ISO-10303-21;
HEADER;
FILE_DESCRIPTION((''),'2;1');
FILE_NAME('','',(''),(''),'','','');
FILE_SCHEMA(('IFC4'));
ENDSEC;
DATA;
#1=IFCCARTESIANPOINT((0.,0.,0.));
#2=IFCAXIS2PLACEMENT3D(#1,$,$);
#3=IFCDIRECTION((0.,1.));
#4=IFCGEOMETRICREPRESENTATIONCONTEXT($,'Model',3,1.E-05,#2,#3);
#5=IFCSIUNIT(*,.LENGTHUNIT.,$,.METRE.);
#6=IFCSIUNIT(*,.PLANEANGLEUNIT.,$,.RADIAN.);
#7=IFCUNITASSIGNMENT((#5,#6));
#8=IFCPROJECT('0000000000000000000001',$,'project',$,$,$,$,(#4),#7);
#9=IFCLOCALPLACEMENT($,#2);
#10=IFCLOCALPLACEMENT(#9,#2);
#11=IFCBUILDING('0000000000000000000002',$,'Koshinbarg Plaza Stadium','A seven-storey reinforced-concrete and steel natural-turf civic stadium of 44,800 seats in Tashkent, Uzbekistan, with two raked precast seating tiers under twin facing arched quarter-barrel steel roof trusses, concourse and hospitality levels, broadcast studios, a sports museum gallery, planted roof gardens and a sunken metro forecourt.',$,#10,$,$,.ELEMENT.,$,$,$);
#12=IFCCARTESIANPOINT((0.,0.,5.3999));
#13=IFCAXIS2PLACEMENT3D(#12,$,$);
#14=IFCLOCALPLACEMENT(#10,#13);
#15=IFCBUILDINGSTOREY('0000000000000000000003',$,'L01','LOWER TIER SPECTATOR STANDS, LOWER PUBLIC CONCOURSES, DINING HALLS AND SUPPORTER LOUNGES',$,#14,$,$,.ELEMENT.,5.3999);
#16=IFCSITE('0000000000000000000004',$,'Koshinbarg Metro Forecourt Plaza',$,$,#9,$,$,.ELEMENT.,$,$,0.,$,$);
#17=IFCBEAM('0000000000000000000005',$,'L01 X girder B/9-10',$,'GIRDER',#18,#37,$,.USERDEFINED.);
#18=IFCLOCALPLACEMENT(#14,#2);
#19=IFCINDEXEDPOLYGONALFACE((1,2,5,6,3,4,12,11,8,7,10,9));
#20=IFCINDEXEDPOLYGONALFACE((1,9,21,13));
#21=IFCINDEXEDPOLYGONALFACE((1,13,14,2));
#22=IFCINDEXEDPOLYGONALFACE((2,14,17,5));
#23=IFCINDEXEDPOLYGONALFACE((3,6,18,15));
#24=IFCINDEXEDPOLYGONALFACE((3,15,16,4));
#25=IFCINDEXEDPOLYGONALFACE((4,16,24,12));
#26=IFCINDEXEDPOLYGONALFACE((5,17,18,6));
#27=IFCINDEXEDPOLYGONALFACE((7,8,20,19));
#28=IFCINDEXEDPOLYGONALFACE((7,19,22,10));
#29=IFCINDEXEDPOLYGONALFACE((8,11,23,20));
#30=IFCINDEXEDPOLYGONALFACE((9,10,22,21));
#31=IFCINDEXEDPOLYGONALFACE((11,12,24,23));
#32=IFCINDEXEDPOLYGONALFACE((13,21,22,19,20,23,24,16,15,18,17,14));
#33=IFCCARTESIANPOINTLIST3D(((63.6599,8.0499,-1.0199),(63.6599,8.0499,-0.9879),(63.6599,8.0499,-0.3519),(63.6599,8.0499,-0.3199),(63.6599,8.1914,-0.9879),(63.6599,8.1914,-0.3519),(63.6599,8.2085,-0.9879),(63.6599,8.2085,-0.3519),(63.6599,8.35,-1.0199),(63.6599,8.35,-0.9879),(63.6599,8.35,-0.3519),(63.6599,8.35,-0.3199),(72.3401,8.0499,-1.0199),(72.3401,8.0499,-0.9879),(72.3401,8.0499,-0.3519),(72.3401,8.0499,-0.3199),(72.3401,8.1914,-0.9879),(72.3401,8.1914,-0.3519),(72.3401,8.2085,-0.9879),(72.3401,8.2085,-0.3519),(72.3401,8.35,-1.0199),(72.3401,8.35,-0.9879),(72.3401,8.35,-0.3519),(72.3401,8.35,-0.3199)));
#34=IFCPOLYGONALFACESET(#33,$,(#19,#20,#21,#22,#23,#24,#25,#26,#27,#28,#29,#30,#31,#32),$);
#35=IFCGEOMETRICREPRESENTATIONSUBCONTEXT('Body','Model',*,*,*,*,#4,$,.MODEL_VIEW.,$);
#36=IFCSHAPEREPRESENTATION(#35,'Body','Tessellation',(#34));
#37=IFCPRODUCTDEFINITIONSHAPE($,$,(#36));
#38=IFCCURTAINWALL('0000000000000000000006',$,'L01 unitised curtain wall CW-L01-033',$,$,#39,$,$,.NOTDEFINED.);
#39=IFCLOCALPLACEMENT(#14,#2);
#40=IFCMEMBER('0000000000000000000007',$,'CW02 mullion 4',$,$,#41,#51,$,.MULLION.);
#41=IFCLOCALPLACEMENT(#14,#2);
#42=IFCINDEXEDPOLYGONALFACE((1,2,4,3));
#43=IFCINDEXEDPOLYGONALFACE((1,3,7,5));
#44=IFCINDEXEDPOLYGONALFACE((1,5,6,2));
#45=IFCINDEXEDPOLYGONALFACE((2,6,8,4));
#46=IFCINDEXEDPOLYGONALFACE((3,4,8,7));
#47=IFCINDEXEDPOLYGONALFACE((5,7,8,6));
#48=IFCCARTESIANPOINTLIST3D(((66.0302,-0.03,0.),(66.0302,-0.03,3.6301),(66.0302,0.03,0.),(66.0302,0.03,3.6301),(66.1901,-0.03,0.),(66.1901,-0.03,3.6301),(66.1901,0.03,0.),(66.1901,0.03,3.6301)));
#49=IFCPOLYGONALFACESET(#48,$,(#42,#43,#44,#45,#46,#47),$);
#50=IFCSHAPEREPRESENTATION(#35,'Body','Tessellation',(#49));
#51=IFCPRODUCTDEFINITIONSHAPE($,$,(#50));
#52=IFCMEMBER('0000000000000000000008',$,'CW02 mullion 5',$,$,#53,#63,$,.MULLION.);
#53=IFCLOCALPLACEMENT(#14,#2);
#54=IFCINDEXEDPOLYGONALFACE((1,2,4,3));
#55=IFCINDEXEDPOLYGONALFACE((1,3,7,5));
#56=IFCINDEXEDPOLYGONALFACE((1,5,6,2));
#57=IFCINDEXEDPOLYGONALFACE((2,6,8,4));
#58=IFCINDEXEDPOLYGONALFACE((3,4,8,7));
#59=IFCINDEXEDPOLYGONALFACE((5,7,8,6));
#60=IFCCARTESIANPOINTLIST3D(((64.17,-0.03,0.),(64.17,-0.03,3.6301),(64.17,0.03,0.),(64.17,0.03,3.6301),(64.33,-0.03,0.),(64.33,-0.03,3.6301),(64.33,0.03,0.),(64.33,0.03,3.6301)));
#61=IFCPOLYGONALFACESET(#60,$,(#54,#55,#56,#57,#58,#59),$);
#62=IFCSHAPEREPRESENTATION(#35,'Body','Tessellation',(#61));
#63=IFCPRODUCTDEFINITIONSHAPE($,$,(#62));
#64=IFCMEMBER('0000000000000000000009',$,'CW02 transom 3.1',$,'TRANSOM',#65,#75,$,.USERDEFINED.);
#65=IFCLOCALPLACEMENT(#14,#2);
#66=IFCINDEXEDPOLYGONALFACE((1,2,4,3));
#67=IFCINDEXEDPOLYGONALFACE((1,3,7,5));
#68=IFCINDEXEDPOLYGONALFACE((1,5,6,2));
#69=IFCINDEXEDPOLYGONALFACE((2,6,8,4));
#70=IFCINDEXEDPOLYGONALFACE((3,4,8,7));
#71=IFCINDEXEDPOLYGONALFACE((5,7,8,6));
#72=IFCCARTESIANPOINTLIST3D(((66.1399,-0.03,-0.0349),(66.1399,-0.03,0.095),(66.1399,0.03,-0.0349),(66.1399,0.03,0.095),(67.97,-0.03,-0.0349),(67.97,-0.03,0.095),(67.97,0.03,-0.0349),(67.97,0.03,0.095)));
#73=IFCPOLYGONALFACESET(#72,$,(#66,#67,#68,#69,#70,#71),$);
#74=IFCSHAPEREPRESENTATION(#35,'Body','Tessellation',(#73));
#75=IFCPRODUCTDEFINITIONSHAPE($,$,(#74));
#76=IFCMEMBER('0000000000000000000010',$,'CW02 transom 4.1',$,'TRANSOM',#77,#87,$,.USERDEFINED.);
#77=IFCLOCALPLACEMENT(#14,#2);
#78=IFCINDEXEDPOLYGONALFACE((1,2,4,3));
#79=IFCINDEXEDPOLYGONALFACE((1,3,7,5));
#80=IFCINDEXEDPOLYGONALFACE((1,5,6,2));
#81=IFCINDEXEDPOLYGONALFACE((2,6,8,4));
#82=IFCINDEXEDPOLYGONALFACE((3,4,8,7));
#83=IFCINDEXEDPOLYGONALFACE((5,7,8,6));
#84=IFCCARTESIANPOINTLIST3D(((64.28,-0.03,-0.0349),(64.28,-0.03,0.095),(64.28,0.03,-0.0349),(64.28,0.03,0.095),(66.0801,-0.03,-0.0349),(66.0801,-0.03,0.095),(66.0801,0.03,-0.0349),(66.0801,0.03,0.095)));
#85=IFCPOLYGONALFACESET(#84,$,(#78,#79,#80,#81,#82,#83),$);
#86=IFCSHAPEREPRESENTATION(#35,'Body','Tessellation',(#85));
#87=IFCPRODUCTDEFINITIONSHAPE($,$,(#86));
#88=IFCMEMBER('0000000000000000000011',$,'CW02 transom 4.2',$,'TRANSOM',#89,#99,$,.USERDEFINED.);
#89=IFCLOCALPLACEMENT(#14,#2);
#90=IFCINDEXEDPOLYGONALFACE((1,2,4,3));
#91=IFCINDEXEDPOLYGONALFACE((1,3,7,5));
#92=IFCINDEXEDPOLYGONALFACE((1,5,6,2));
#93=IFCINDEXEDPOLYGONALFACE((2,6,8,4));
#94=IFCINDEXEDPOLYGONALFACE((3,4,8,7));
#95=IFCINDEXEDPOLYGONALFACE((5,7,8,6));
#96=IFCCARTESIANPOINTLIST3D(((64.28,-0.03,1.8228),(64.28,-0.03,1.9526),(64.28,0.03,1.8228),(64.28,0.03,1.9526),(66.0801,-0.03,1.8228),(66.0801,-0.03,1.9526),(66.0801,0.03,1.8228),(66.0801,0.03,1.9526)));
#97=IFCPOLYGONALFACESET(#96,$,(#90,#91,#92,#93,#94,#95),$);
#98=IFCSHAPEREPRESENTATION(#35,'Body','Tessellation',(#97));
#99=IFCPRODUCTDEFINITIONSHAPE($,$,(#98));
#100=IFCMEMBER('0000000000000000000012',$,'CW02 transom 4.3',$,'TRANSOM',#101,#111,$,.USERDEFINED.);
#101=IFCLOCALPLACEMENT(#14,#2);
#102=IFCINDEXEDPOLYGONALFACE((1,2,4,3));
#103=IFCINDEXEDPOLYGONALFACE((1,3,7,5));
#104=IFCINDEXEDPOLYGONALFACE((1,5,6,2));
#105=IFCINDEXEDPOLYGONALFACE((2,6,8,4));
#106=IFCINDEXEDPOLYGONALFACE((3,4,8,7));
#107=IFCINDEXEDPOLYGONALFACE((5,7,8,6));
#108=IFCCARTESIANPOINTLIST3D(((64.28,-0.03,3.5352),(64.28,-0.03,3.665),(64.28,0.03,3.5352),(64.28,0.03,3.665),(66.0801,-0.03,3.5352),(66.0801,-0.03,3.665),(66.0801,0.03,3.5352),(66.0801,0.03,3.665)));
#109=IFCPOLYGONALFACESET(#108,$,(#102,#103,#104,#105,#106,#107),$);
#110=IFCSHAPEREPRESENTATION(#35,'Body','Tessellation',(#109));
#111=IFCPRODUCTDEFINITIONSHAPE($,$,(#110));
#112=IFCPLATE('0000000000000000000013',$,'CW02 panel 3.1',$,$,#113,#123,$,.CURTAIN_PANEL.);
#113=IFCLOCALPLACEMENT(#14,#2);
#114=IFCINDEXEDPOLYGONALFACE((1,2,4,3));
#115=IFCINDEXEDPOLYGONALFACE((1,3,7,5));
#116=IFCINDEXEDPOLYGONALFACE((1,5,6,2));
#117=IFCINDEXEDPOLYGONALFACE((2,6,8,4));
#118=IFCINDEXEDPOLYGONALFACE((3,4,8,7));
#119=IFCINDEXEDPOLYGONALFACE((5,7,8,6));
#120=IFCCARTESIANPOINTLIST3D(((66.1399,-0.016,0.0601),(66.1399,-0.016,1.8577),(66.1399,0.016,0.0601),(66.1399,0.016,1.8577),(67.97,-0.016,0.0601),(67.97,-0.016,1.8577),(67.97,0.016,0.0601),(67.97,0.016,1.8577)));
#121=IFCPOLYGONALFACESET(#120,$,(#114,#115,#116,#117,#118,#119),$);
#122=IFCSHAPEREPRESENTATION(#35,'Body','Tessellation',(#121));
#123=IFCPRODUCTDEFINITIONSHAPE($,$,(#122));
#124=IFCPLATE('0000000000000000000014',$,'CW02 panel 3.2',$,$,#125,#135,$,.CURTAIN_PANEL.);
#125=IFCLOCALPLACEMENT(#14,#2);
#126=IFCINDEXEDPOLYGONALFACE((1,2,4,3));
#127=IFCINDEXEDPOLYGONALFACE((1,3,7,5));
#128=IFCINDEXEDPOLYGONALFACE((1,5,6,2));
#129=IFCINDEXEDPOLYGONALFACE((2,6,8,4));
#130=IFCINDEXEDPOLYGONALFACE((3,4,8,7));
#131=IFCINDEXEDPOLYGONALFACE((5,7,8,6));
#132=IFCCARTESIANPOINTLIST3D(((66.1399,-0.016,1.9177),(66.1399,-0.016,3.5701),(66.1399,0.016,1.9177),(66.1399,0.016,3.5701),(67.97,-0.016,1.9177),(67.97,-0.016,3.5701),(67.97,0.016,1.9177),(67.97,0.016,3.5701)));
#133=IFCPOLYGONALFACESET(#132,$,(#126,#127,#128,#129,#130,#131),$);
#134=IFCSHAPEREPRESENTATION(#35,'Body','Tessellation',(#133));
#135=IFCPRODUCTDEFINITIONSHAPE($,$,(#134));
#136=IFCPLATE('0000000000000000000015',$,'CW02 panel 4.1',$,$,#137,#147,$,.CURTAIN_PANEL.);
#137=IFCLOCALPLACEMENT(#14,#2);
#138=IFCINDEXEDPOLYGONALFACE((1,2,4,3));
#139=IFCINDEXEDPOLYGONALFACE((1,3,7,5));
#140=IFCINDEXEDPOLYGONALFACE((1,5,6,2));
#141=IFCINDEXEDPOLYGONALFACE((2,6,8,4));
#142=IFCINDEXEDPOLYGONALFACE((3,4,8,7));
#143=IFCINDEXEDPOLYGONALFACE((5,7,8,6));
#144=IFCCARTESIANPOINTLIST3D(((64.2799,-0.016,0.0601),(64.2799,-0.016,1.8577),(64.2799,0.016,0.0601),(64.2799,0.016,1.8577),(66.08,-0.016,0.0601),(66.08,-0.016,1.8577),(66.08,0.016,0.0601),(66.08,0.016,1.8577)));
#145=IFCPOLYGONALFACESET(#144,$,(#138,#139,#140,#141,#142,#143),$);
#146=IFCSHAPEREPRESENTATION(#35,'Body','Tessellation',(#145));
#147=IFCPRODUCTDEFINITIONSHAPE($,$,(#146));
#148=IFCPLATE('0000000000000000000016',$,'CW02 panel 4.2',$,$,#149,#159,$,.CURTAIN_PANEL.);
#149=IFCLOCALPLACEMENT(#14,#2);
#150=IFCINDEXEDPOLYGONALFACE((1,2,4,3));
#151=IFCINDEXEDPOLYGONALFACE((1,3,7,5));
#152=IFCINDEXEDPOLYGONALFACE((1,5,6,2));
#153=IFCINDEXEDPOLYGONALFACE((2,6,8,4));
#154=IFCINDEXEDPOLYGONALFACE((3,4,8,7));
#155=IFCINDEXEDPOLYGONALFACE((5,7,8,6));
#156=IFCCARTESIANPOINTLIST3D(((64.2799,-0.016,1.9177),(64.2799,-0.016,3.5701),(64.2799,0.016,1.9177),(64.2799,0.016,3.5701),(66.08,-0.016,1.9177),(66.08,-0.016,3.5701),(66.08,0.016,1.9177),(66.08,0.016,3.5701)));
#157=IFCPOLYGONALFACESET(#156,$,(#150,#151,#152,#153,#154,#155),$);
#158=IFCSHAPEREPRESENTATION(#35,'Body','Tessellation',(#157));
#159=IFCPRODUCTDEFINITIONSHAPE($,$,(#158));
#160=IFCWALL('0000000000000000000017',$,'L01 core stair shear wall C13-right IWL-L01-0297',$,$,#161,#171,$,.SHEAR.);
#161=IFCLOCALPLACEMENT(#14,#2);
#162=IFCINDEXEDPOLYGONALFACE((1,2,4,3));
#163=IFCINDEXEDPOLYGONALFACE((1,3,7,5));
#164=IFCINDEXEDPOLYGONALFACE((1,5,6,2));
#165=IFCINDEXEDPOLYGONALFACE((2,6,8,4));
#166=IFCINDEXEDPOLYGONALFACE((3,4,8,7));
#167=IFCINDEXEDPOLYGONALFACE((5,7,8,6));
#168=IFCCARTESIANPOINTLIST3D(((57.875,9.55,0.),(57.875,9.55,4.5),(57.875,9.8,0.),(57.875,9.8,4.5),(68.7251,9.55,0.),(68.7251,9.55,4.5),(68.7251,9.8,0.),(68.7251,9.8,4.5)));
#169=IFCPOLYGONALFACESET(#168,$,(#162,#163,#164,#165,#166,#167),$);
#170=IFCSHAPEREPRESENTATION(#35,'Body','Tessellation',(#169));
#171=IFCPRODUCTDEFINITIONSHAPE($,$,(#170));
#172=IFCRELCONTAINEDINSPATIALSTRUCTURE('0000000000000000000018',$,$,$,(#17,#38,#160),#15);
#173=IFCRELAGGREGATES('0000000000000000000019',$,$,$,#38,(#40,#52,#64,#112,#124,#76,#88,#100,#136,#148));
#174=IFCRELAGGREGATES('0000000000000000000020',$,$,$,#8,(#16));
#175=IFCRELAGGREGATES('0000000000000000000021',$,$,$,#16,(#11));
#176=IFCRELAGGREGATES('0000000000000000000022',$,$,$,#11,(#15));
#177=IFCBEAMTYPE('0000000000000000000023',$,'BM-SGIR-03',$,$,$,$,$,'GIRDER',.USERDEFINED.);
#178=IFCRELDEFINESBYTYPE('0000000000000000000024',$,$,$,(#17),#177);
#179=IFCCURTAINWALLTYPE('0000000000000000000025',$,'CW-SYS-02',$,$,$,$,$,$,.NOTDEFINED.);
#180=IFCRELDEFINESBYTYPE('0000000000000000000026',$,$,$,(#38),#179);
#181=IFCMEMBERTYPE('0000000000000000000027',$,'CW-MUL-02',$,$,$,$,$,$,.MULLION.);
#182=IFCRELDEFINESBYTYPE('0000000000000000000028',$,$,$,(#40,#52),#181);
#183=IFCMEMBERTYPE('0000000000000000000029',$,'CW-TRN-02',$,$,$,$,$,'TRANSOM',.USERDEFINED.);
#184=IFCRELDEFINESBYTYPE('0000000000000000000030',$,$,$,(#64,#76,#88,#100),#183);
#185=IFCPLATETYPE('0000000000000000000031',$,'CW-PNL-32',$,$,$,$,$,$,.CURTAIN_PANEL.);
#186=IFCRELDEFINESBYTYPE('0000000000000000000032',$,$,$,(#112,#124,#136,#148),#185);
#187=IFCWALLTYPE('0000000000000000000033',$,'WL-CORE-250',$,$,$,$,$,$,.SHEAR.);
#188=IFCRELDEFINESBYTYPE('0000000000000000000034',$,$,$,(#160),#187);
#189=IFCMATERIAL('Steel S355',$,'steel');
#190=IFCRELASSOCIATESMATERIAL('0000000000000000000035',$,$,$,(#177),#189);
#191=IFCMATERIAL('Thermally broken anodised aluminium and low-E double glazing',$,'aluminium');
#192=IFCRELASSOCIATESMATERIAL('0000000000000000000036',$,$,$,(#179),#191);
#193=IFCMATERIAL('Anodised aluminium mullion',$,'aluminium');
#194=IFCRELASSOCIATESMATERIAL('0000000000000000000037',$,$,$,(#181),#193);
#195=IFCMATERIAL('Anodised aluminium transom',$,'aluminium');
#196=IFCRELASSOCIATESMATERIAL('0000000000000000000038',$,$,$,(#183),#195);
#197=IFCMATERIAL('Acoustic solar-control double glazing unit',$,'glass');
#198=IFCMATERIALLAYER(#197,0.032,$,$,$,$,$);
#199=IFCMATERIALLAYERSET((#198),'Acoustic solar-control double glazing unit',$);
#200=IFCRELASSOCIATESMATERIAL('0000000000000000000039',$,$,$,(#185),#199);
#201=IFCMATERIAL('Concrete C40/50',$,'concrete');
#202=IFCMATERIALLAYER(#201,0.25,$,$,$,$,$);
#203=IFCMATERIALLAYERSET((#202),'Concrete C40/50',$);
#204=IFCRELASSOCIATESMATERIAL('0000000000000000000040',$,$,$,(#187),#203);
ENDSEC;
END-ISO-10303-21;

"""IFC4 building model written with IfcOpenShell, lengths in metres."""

from ifc_helpers import new_model, si_unit, direction, frame, frame_2d, origin, origin_2d, place, context, subcontext, project, spatial, rectangle, i_section, extrude, material, layer, layer_set, material_profile, profile_set, type_object, element, aggregate, save


model = new_model("IFC4")

# Units and contexts
model_context = context("Model", 3, precision=1e-05, world=origin(), true_north=direction((0.0, 1.0)))
body_context = subcontext(model_context, "Body", "Model", "MODEL_VIEW")
ifc_project = project(units=[si_unit("LENGTHUNIT", "METRE"), si_unit("PLANEANGLEUNIT", "RADIAN")], contexts=[model_context])

# Site, building, storey
site_placement = place(None, origin())
site = spatial("IfcSite", under=ifc_project, at=site_placement, Name="Koshinbarg Metro Forecourt Plaza", CompositionType="ELEMENT", RefElevation=0.0)
building_placement = place(site_placement, origin())
building = spatial("IfcBuilding", under=site, at=building_placement, Name="Koshinbarg Plaza Stadium", Description="A seven-storey reinforced-concrete and steel natural-turf civic stadium of 44,800 seats in Tashkent, Uzbekistan, with two raked precast seating tiers under twin facing arched quarter-barrel steel roof trusses, concourse and hospitality levels, broadcast studios, a sports museum gallery, planted roof gardens and a sunken metro forecourt.", CompositionType="ELEMENT")
storey_placement = place(building_placement, frame((0.0, 0.0, 5.3999)))
storey = spatial("IfcBuildingStorey", under=building, at=storey_placement, Name="L01", Description="LOWER TIER SPECTATOR STANDS, LOWER PUBLIC CONCOURSES, DINING HALLS AND SUPPORTER LOUNGES", CompositionType="ELEMENT", Elevation=5.3999)

# Shared definitions
ifc_material_1 = material(Name="Concrete C40/50", Category="concrete")

# Beam
ifc_material_2 = material(Name="Steel S355", Category="steel")
ifc_material_profile_1 = material_profile(ifc_material_2, i_section(OverallWidth=0.3, OverallDepth=0.7, WebThickness=0.0171, FlangeThickness=0.032, at=origin_2d()), Name="HEB 700")
ifc_profile_set_1 = profile_set([ifc_material_profile_1], Name="Steel S355")
beam_type_1 = type_object("IfcBeamType", Name="BM-SGIR-03", ElementType="GIRDER", PredefinedType="USERDEFINED", material=ifc_profile_set_1)
for number, where, z_axis, x_axis, name in (
    (1, (63.6599, 8.2, -0.6699), (1.0, 0.0, 0.0), (0.0, 1.0, 0.0), "L01 X girder B/9-10"),
):
    element("IfcBeam", number, at=place(storey_placement, frame(where, z_axis=z_axis, x_axis=x_axis)), inside=storey, type_object=beam_type_1, Name=name, ObjectType="GIRDER", PredefinedType="USERDEFINED", context=body_context, shape_type="SweptSolid", body=[
        extrude(i_section(OverallWidth=0.3, OverallDepth=0.7, WebThickness=0.0171, FlangeThickness=0.032, at=origin_2d()), origin(), (0.0, 0.0, 1.0), 8.6802),
    ])

# Curtain wall, members, plates
ifc_material_3 = material(Name="Thermally broken anodised aluminium and low-E double glazing", Category="aluminium")
curtain_wall_type = type_object("IfcCurtainWallType", Name="CW-SYS-02", PredefinedType="NOTDEFINED", material=ifc_material_3)
curtain_wall_placement = place(storey_placement, origin())
curtain_wall = element("IfcCurtainWall", 2, at=curtain_wall_placement, inside=storey, type_object=curtain_wall_type, Name="L01 unitised curtain wall CW-L01-033", PredefinedType="NOTDEFINED")
ifc_material_4 = material(Name="Anodised aluminium mullion", Category="aluminium")
ifc_material_profile_2 = material_profile(ifc_material_4, rectangle(XDim=0.0601, YDim=0.1599, at=origin_2d()), Name="ALU 60x160")
ifc_profile_set_2 = profile_set([ifc_material_profile_2], Name="Anodised aluminium mullion")
member_type_1 = type_object("IfcMemberType", Name="CW-MUL-02", PredefinedType="MULLION", material=ifc_profile_set_2)
member_1_placement = place(storey_placement, frame((66.1101, 0.0, 0.0), z_axis=(0.0, 0.0, 1.0), x_axis=(0.0, -1.0, 0.0)))
member_1 = element("IfcMember", 3, at=member_1_placement, type_object=member_type_1, Name="CW02 mullion 4", PredefinedType="MULLION", context=body_context, shape_type="SweptSolid", body=[
    extrude(rectangle(XDim=0.0601, YDim=0.1599, at=origin_2d()), origin(), (0.0, 0.0, 1.0), 3.6301),
])
member_2_placement = place(storey_placement, frame((64.25, 0.0, 0.0), z_axis=(0.0, 0.0, 1.0), x_axis=(0.0, -1.0, 0.0)))
member_2 = element("IfcMember", 4, at=member_2_placement, type_object=member_type_1, Name="CW02 mullion 5", PredefinedType="MULLION", context=body_context, shape_type="SweptSolid", body=[
    extrude(rectangle(XDim=0.0601, YDim=0.1599, at=origin_2d()), origin(), (0.0, 0.0, 1.0), 3.6301),
])
ifc_material_5 = material(Name="Anodised aluminium transom", Category="aluminium")
ifc_material_profile_3 = material_profile(ifc_material_5, rectangle(XDim=0.0601, YDim=0.1299, at=origin_2d()), Name="ALU 60x130")
ifc_profile_set_3 = profile_set([ifc_material_profile_3], Name="Anodised aluminium transom")
member_type_2 = type_object("IfcMemberType", Name="CW-TRN-02", ElementType="TRANSOM", PredefinedType="USERDEFINED", material=ifc_profile_set_3)
member_3_placement = place(storey_placement, frame((67.97, 0.0, 0.03), z_axis=(-1.0, 0.0, 0.0), x_axis=(0.0, -1.0, 0.0)))
member_3 = element("IfcMember", 5, at=member_3_placement, type_object=member_type_2, Name="CW02 transom 3.1", ObjectType="TRANSOM", PredefinedType="USERDEFINED", context=body_context, shape_type="SweptSolid", body=[
    extrude(rectangle(XDim=0.0601, YDim=0.1299, at=origin_2d()), origin(), (0.0, 0.0, 1.0), 1.8301),
])
member_4_placement = place(storey_placement, frame((66.0801, 0.0, 0.03), z_axis=(-1.0, 0.0, 0.0), x_axis=(0.0, -1.0, 0.0)))
member_4 = element("IfcMember", 6, at=member_4_placement, type_object=member_type_2, Name="CW02 transom 4.1", ObjectType="TRANSOM", PredefinedType="USERDEFINED", context=body_context, shape_type="SweptSolid", body=[
    extrude(rectangle(XDim=0.0601, YDim=0.1299, at=origin_2d()), origin(), (0.0, 0.0, 1.0), 1.8),
])
member_5_placement = place(storey_placement, frame((66.0801, 0.0, 1.8877), z_axis=(-1.0, 0.0, 0.0), x_axis=(0.0, -1.0, 0.0)))
member_5 = element("IfcMember", 7, at=member_5_placement, type_object=member_type_2, Name="CW02 transom 4.2", ObjectType="TRANSOM", PredefinedType="USERDEFINED", context=body_context, shape_type="SweptSolid", body=[
    extrude(rectangle(XDim=0.0601, YDim=0.1299, at=origin_2d()), origin(), (0.0, 0.0, 1.0), 1.8),
])
member_6_placement = place(storey_placement, frame((66.0801, 0.0, 3.6001), z_axis=(-1.0, 0.0, 0.0), x_axis=(0.0, -1.0, 0.0)))
member_6 = element("IfcMember", 8, at=member_6_placement, type_object=member_type_2, Name="CW02 transom 4.3", ObjectType="TRANSOM", PredefinedType="USERDEFINED", context=body_context, shape_type="SweptSolid", body=[
    extrude(rectangle(XDim=0.0601, YDim=0.1299, at=origin_2d()), origin(), (0.0, 0.0, 1.0), 1.8),
])
ifc_material_6 = material(Name="Acoustic solar-control double glazing unit", Category="glass")
ifc_layer_1 = layer(ifc_material_6, 0.032)
ifc_layer_set_1 = layer_set([ifc_layer_1], Name="Acoustic solar-control double glazing unit")
plate_type = type_object("IfcPlateType", Name="CW-PNL-32", PredefinedType="CURTAIN_PANEL", material=ifc_layer_set_1)
plate_1_placement = place(storey_placement, frame((67.0549, 0.0, 0.0601), z_axis=(0.0, 0.0, 1.0), x_axis=(-1.0, 0.0, 0.0)))
plate_1 = element("IfcPlate", 9, at=plate_1_placement, type_object=plate_type, Name="CW02 panel 3.1", PredefinedType="CURTAIN_PANEL", context=body_context, shape_type="SweptSolid", body=[
    extrude(rectangle(XDim=1.8301, YDim=0.032, at=origin_2d()), origin(), (0.0, 0.0, 1.0), 1.7976),
])
plate_2_placement = place(storey_placement, frame((67.0549, 0.0, 1.9177), z_axis=(0.0, 0.0, 1.0), x_axis=(-1.0, 0.0, 0.0)))
plate_2 = element("IfcPlate", 10, at=plate_2_placement, type_object=plate_type, Name="CW02 panel 3.2", PredefinedType="CURTAIN_PANEL", context=body_context, shape_type="SweptSolid", body=[
    extrude(rectangle(XDim=1.8301, YDim=0.032, at=origin_2d()), origin(), (0.0, 0.0, 1.0), 1.6523),
])
plate_3_placement = place(storey_placement, frame((65.1799, 0.0, 0.0601), z_axis=(0.0, 0.0, 1.0), x_axis=(-1.0, 0.0, 0.0)))
plate_3 = element("IfcPlate", 11, at=plate_3_placement, type_object=plate_type, Name="CW02 panel 4.1", PredefinedType="CURTAIN_PANEL", context=body_context, shape_type="SweptSolid", body=[
    extrude(rectangle(XDim=1.8, YDim=0.032, at=origin_2d()), origin(), (0.0, 0.0, 1.0), 1.7976),
])
plate_4_placement = place(storey_placement, frame((65.1799, 0.0, 1.9177), z_axis=(0.0, 0.0, 1.0), x_axis=(-1.0, 0.0, 0.0)))
plate_4 = element("IfcPlate", 12, at=plate_4_placement, type_object=plate_type, Name="CW02 panel 4.2", PredefinedType="CURTAIN_PANEL", context=body_context, shape_type="SweptSolid", body=[
    extrude(rectangle(XDim=1.8, YDim=0.032, at=origin_2d()), origin(), (0.0, 0.0, 1.0), 1.6523),
])
aggregate(curtain_wall, [member_1, member_2, member_3, plate_1, plate_2, member_4, member_5, member_6, plate_3, plate_4])

# Wall
ifc_layer_2 = layer(ifc_material_1, 0.25)
ifc_layer_set_2 = layer_set([ifc_layer_2], Name="Concrete C40/50")
wall_type_1 = type_object("IfcWallType", Name="WL-CORE-250", PredefinedType="SHEAR", material=ifc_layer_set_2)
wall_1_placement = place(storey_placement, frame((57.875, 9.675, 0.0), z_axis=(0.0, 0.0, 1.0), x_axis=(1.0, 0.0, 0.0)))
element("IfcWall", 13, at=wall_1_placement, inside=storey, type_object=wall_type_1, Name="L01 core stair shear wall C13-right IWL-L01-0297", PredefinedType="SHEAR", context=body_context, shape_type="SweptSolid", body=[
    extrude(rectangle(XDim=10.8501, YDim=0.25, at=frame_2d((5.425, 0.0))), origin(), (0.0, 0.0, 1.0), 4.5),
])

save(model, "model.ifc")
